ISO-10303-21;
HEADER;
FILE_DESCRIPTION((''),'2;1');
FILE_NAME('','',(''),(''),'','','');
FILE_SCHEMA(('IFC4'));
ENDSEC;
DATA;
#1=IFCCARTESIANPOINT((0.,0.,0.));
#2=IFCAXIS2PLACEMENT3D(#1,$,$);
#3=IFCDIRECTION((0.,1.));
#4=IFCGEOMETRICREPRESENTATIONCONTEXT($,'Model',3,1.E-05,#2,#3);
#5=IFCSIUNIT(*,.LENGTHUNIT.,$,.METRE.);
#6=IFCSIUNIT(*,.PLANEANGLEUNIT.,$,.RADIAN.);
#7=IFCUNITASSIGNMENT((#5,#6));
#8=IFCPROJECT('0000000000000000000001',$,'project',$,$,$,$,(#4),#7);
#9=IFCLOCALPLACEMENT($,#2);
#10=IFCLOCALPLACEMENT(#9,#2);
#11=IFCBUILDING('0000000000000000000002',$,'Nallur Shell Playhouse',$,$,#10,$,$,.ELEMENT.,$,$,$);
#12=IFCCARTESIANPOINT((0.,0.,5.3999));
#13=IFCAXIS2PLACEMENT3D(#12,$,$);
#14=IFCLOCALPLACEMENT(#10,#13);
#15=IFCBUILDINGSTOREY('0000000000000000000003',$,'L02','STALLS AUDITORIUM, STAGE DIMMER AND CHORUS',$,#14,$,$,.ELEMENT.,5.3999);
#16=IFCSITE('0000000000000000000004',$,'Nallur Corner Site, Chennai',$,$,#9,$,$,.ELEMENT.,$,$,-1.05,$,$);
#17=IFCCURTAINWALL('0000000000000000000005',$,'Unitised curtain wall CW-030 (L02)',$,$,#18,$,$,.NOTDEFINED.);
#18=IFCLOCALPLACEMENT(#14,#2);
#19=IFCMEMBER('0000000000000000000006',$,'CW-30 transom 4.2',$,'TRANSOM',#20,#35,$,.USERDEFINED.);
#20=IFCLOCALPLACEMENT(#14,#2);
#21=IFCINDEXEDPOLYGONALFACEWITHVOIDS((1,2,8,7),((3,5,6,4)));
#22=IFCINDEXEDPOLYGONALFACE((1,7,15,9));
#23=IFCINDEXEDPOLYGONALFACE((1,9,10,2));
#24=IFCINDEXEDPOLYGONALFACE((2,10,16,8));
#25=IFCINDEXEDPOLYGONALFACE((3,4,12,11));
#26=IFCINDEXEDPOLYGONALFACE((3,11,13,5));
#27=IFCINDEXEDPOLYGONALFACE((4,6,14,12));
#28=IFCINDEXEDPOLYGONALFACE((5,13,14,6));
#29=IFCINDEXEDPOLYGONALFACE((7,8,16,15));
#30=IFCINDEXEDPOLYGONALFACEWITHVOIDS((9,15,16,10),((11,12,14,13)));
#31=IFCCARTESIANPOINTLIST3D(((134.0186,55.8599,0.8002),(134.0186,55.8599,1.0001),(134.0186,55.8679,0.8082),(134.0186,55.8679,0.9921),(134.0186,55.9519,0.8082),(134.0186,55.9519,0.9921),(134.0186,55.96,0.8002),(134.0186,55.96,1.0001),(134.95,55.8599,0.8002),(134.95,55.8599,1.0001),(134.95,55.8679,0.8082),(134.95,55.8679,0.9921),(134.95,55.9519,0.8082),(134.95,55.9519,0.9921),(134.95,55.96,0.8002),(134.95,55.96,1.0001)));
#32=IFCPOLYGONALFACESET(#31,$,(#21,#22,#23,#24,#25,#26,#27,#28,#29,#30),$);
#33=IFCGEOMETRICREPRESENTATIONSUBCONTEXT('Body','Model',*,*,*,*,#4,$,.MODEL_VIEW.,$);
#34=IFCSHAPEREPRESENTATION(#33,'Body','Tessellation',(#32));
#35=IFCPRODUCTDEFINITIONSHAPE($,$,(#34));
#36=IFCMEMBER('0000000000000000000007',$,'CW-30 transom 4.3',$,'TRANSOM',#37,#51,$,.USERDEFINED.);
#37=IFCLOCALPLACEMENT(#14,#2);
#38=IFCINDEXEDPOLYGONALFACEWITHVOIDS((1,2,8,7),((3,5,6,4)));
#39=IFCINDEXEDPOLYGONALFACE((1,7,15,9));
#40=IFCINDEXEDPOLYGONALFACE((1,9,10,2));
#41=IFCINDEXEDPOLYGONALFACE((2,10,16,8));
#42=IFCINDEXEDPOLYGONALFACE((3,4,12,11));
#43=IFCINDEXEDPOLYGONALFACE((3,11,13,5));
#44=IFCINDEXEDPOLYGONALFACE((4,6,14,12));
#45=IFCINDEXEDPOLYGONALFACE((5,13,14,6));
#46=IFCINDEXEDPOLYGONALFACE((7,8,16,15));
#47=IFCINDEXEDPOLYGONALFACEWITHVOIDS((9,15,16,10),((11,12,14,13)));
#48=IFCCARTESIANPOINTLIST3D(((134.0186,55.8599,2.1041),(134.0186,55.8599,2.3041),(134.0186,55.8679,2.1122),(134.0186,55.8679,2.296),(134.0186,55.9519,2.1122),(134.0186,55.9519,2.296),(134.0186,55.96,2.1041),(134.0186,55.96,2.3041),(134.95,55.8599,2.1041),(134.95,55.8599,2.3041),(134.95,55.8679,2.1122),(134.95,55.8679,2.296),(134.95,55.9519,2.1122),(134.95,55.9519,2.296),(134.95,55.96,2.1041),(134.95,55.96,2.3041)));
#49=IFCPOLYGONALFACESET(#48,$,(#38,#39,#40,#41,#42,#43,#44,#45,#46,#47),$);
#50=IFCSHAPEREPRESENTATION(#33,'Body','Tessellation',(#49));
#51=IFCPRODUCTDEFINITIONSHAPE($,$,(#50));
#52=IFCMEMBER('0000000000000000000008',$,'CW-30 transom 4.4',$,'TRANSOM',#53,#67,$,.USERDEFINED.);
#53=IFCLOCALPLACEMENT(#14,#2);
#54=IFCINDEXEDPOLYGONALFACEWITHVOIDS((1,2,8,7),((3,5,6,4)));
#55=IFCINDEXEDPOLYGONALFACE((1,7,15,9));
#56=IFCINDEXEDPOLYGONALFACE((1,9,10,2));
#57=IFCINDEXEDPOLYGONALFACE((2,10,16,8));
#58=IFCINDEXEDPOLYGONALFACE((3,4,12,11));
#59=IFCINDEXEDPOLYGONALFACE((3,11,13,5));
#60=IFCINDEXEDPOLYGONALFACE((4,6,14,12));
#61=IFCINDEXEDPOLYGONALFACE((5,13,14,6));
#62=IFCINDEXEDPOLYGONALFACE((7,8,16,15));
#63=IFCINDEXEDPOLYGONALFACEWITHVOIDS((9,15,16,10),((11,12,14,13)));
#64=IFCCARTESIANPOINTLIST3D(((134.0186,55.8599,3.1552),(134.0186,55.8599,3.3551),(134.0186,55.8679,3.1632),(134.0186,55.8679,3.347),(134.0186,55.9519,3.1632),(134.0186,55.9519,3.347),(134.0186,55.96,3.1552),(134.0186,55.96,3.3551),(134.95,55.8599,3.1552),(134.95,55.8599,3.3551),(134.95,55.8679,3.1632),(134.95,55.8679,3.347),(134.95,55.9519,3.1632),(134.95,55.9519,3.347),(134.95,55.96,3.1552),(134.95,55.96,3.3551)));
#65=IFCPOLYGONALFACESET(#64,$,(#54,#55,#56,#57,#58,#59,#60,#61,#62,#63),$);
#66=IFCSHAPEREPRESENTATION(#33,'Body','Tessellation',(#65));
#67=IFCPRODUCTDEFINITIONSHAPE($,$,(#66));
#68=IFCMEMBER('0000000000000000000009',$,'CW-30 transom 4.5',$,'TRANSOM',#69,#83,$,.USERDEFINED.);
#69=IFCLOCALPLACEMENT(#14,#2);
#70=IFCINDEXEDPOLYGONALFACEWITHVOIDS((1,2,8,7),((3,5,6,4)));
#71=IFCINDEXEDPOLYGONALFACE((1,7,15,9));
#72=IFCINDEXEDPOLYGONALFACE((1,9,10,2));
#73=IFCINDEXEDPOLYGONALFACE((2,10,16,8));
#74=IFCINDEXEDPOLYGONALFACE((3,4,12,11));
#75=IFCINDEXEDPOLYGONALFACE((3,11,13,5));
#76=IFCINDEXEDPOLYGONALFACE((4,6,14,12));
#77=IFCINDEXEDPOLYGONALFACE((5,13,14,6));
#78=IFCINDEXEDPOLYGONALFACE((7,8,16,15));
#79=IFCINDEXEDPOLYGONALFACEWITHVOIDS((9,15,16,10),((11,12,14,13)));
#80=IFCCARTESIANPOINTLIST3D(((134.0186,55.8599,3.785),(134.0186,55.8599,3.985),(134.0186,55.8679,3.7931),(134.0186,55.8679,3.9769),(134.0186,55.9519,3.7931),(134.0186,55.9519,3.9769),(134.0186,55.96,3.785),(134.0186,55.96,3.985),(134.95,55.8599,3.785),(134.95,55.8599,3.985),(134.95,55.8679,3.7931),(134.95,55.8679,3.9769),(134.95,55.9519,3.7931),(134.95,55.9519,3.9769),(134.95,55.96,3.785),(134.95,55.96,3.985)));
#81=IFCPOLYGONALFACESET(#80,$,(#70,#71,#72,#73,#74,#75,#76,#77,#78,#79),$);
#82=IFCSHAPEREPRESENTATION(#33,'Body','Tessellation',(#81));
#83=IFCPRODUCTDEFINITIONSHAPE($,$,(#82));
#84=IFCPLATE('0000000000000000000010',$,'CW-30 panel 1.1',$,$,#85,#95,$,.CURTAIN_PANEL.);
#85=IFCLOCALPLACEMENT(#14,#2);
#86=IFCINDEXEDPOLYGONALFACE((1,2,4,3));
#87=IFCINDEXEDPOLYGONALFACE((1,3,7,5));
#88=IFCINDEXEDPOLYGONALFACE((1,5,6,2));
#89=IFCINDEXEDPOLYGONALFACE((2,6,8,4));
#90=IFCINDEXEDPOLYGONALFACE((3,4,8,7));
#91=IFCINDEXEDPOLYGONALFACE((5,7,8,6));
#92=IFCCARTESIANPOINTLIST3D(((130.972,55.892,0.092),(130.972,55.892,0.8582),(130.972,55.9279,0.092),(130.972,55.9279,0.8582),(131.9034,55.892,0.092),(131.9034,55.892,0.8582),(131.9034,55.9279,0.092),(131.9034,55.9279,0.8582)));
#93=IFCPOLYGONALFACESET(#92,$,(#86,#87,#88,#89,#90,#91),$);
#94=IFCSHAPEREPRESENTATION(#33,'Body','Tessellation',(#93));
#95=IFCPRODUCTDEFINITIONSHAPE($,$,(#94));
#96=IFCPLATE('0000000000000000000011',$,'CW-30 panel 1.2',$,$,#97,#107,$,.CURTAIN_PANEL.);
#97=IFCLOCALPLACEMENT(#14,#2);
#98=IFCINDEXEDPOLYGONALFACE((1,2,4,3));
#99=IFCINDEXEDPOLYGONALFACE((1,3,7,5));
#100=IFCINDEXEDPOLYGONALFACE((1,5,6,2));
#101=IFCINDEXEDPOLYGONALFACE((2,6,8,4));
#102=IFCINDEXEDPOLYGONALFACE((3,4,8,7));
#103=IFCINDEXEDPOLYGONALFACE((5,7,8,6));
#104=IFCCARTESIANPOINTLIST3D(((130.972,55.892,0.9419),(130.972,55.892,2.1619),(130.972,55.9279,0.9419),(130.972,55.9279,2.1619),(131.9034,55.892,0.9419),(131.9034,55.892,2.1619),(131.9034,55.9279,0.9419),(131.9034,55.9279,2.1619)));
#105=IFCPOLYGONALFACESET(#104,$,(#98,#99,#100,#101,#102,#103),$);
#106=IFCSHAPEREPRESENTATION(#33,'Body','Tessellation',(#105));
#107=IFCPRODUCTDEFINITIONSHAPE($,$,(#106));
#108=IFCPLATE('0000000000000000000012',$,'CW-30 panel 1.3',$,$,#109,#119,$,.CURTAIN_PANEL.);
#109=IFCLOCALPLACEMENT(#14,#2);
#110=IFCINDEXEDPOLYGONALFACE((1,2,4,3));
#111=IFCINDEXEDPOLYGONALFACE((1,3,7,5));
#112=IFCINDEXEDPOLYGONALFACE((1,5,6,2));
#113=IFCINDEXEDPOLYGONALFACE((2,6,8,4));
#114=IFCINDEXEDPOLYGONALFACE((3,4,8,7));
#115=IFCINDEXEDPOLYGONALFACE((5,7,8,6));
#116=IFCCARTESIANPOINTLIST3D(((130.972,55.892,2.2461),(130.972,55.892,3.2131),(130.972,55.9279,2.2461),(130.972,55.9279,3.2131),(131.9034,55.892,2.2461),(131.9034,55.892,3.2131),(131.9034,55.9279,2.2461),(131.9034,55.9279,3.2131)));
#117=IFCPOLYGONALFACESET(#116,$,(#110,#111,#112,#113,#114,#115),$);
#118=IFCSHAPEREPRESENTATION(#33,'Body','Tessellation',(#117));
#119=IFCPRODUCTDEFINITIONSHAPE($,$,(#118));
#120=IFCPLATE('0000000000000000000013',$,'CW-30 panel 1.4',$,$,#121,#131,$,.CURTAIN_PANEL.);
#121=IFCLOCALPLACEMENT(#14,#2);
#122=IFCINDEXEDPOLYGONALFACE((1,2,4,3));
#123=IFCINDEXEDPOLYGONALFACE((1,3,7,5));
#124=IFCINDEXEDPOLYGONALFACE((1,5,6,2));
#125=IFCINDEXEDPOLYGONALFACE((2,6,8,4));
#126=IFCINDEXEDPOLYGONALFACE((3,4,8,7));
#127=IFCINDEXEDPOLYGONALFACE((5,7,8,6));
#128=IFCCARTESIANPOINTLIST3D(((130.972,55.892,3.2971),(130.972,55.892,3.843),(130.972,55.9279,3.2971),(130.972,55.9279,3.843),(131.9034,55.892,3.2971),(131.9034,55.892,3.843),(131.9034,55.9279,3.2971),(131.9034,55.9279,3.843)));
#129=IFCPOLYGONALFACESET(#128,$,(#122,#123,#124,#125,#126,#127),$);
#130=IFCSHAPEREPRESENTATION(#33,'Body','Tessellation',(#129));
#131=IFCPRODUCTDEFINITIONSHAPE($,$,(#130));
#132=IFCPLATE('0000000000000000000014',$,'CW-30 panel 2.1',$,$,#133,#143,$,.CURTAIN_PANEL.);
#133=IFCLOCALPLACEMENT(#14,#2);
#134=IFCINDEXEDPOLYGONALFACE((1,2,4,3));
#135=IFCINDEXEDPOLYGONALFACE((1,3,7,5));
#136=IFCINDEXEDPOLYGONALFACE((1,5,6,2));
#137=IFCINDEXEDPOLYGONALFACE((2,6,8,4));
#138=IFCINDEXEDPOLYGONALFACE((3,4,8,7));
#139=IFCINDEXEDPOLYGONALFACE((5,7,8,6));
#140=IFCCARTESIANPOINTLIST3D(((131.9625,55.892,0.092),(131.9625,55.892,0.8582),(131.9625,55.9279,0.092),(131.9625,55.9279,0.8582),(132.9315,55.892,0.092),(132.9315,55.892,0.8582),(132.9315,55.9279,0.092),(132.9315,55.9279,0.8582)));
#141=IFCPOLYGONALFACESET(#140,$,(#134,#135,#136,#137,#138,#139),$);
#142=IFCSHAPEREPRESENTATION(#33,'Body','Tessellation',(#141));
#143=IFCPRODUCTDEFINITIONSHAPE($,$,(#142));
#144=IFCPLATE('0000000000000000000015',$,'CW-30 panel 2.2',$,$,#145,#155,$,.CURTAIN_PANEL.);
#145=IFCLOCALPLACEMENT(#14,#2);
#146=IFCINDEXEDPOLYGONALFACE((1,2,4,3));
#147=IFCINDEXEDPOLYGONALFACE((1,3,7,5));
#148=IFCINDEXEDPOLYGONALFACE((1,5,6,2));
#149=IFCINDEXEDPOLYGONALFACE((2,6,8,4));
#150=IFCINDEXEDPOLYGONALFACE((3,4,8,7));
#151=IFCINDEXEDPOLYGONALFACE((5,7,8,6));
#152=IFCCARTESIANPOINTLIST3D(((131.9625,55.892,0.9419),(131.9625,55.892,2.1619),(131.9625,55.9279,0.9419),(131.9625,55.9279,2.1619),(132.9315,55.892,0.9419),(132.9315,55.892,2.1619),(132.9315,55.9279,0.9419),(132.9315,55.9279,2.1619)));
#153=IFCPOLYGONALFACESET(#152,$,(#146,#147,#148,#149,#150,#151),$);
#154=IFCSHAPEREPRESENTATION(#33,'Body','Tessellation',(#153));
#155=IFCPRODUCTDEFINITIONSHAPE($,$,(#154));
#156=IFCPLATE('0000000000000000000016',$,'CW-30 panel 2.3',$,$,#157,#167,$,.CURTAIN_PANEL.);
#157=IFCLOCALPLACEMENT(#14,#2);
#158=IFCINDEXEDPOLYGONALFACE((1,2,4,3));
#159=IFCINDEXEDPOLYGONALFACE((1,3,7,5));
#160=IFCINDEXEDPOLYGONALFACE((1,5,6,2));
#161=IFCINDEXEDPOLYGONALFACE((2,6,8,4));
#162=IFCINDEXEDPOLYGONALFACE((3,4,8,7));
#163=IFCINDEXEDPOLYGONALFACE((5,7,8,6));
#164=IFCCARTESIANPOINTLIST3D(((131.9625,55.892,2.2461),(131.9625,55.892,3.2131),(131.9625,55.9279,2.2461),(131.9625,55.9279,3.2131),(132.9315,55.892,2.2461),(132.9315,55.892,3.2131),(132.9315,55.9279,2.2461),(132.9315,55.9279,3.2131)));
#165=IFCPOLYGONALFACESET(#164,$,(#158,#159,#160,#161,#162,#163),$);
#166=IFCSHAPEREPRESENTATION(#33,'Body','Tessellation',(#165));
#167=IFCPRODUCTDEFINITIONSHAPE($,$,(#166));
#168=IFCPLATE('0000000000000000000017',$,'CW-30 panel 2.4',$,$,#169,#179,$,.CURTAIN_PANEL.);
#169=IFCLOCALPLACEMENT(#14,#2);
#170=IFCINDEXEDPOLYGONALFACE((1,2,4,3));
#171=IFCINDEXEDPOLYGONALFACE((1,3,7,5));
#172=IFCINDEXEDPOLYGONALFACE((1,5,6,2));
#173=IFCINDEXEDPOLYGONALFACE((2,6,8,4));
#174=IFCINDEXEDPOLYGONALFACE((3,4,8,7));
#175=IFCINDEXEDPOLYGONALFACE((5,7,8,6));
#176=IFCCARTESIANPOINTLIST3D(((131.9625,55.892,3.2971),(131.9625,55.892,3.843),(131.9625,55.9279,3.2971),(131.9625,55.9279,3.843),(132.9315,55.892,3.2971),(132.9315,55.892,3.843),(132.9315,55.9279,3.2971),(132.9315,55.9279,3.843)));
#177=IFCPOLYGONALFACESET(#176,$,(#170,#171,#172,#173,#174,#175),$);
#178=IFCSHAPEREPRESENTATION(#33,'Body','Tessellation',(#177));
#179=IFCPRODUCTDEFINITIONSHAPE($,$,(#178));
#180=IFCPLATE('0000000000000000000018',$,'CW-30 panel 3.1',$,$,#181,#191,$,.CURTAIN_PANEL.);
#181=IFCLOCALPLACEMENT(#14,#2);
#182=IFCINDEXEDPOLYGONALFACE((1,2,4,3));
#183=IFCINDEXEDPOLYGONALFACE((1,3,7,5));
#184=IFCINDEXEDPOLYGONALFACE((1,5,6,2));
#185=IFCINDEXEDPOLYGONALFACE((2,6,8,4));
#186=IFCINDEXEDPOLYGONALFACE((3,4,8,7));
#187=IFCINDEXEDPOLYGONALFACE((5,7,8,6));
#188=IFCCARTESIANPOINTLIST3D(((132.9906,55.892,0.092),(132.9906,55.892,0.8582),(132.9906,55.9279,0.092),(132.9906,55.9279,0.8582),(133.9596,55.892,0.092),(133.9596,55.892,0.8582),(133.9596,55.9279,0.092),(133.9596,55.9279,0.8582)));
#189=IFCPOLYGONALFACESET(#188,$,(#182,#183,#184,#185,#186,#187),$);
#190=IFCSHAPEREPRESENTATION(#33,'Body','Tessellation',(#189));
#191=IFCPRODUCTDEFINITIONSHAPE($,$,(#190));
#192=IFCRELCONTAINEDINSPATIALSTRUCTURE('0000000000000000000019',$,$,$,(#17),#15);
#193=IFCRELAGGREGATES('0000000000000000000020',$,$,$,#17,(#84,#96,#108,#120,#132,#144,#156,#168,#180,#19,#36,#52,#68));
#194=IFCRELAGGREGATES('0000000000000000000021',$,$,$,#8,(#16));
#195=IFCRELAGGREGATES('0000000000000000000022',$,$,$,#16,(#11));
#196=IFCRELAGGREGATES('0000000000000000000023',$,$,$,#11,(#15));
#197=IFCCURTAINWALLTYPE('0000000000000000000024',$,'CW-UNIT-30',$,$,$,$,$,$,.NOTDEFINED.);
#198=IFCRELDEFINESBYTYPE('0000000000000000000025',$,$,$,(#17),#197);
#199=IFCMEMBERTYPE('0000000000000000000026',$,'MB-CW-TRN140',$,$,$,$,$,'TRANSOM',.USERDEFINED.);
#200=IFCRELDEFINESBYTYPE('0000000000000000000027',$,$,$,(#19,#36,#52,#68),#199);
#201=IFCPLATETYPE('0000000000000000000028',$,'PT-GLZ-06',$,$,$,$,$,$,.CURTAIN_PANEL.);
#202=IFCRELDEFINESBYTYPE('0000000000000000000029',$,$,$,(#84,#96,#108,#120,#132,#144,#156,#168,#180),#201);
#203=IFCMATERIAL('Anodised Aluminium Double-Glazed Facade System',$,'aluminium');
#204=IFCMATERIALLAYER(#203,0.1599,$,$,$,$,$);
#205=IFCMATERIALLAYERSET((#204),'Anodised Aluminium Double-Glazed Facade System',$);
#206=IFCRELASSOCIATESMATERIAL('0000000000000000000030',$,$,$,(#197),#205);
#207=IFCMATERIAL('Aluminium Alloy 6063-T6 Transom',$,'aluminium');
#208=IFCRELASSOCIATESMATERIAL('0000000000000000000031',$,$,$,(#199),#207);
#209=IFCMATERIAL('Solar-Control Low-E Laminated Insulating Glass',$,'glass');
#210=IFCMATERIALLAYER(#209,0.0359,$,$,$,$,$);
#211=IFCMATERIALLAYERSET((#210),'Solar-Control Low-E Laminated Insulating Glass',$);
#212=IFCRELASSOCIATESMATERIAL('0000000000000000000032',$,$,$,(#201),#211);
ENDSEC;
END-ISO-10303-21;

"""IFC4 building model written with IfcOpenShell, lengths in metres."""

from ifc_helpers import new_model, si_unit, direction, frame, origin, origin_2d, place, context, subcontext, project, spatial, rectangle, hollow_rectangle, extrude, material, layer, layer_set, material_profile, profile_set, type_object, element, aggregate, save


model = new_model("IFC4")

# Units and contexts
model_context = context("Model", 3, precision=1e-05, world=origin(), true_north=direction((0.0, 1.0)))
body_context = subcontext(model_context, "Body", "Model", "MODEL_VIEW")
ifc_project = project(units=[si_unit("LENGTHUNIT", "METRE"), si_unit("PLANEANGLEUNIT", "RADIAN")], contexts=[model_context])

# Site, building, storey
site_placement = place(None, origin())
site = spatial("IfcSite", under=ifc_project, at=site_placement, Name="Nallur Corner Site, Chennai", CompositionType="ELEMENT", RefElevation=-1.05)
building_placement = place(site_placement, origin())
building = spatial("IfcBuilding", under=site, at=building_placement, Name="Nallur Shell Playhouse", CompositionType="ELEMENT")
storey_placement = place(building_placement, frame((0.0, 0.0, 5.3999)))
storey = spatial("IfcBuildingStorey", under=building, at=storey_placement, Name="L02", Description="STALLS AUDITORIUM, STAGE DIMMER AND CHORUS", CompositionType="ELEMENT", Elevation=5.3999)

# Shared definitions
ifc_material_1 = material(Name="Anodised Aluminium Double-Glazed Facade System", Category="aluminium")

# Curtain wall, members, plates
ifc_layer_1 = layer(ifc_material_1, 0.1599)
ifc_layer_set_1 = layer_set([ifc_layer_1], Name="Anodised Aluminium Double-Glazed Facade System")
curtain_wall_type_1 = type_object("IfcCurtainWallType", Name="CW-UNIT-30", PredefinedType="NOTDEFINED", material=ifc_layer_set_1)
curtain_wall_1_placement = place(storey_placement, origin())
curtain_wall_1 = element("IfcCurtainWall", 1, at=curtain_wall_1_placement, inside=storey, type_object=curtain_wall_type_1, Name="Unitised curtain wall CW-030 (L02)", PredefinedType="NOTDEFINED")
ifc_material_2 = material(Name="Aluminium Alloy 6063-T6 Transom", Category="aluminium")
ifc_material_profile_1 = material_profile(ifc_material_2, hollow_rectangle(XDim=0.1001, YDim=0.2, WallThickness=0.0081, at=origin_2d()), Name="RHS 200x100x8")
ifc_profile_set_1 = profile_set([ifc_material_profile_1], Name="Aluminium Alloy 6063-T6 Transom")
member_type_1 = type_object("IfcMemberType", Name="MB-CW-TRN140", ElementType="TRANSOM", PredefinedType="USERDEFINED", material=ifc_profile_set_1)
member_1_placement = place(storey_placement, frame((134.0186, 55.9099, 0.9001), z_axis=(1.0, 0.0, 0.0), x_axis=(0.0, 1.0, 0.0)))
member_1 = element("IfcMember", 2, at=member_1_placement, type_object=member_type_1, Name="CW-30 transom 4.2", ObjectType="TRANSOM", PredefinedType="USERDEFINED", context=body_context, shape_type="SweptSolid", body=[
    extrude(hollow_rectangle(XDim=0.1001, YDim=0.2, WallThickness=0.0081, at=origin_2d()), origin(), (0.0, 0.0, 1.0), 0.9314),
])
member_2_placement = place(storey_placement, frame((134.0186, 55.9099, 2.2041), z_axis=(1.0, 0.0, 0.0), x_axis=(0.0, 1.0, 0.0)))
member_2 = element("IfcMember", 3, at=member_2_placement, type_object=member_type_1, Name="CW-30 transom 4.3", ObjectType="TRANSOM", PredefinedType="USERDEFINED", context=body_context, shape_type="SweptSolid", body=[
    extrude(hollow_rectangle(XDim=0.1001, YDim=0.2, WallThickness=0.0081, at=origin_2d()), origin(), (0.0, 0.0, 1.0), 0.9314),
])
member_3_placement = place(storey_placement, frame((134.0186, 55.9099, 3.2551), z_axis=(1.0, 0.0, 0.0), x_axis=(0.0, 1.0, 0.0)))
member_3 = element("IfcMember", 4, at=member_3_placement, type_object=member_type_1, Name="CW-30 transom 4.4", ObjectType="TRANSOM", PredefinedType="USERDEFINED", context=body_context, shape_type="SweptSolid", body=[
    extrude(hollow_rectangle(XDim=0.1001, YDim=0.2, WallThickness=0.0081, at=origin_2d()), origin(), (0.0, 0.0, 1.0), 0.9314),
])
member_4_placement = place(storey_placement, frame((134.0186, 55.9099, 3.885), z_axis=(1.0, 0.0, 0.0), x_axis=(0.0, 1.0, 0.0)))
member_4 = element("IfcMember", 5, at=member_4_placement, type_object=member_type_1, Name="CW-30 transom 4.5", ObjectType="TRANSOM", PredefinedType="USERDEFINED", context=body_context, shape_type="SweptSolid", body=[
    extrude(hollow_rectangle(XDim=0.1001, YDim=0.2, WallThickness=0.0081, at=origin_2d()), origin(), (0.0, 0.0, 1.0), 0.9314),
])
ifc_material_3 = material(Name="Solar-Control Low-E Laminated Insulating Glass", Category="glass")
ifc_layer_2 = layer(ifc_material_3, 0.0359)
ifc_layer_set_2 = layer_set([ifc_layer_2], Name="Solar-Control Low-E Laminated Insulating Glass")
plate_type = type_object("IfcPlateType", Name="PT-GLZ-06", PredefinedType="CURTAIN_PANEL", material=ifc_layer_set_2)
plate_1_placement = place(storey_placement, frame((131.4377, 55.9099, 0.092), z_axis=(0.0, 0.0, 1.0), x_axis=(1.0, 0.0, 0.0)))
plate_1 = element("IfcPlate", 6, at=plate_1_placement, type_object=plate_type, Name="CW-30 panel 1.1", PredefinedType="CURTAIN_PANEL", context=body_context, shape_type="SweptSolid", body=[
    extrude(rectangle(XDim=0.9314, YDim=0.0359, at=origin_2d()), origin(), (0.0, 0.0, 1.0), 0.7661),
])
plate_2_placement = place(storey_placement, frame((131.4377, 55.9099, 0.9419), z_axis=(0.0, 0.0, 1.0), x_axis=(1.0, 0.0, 0.0)))
plate_2 = element("IfcPlate", 7, at=plate_2_placement, type_object=plate_type, Name="CW-30 panel 1.2", PredefinedType="CURTAIN_PANEL", context=body_context, shape_type="SweptSolid", body=[
    extrude(rectangle(XDim=0.9314, YDim=0.0359, at=origin_2d()), origin(), (0.0, 0.0, 1.0), 1.22),
])
plate_3_placement = place(storey_placement, frame((131.4377, 55.9099, 2.2461), z_axis=(0.0, 0.0, 1.0), x_axis=(1.0, 0.0, 0.0)))
plate_3 = element("IfcPlate", 8, at=plate_3_placement, type_object=plate_type, Name="CW-30 panel 1.3", PredefinedType="CURTAIN_PANEL", context=body_context, shape_type="SweptSolid", body=[
    extrude(rectangle(XDim=0.9314, YDim=0.0359, at=origin_2d()), origin(), (0.0, 0.0, 1.0), 0.967),
])
plate_4_placement = place(storey_placement, frame((131.4377, 55.9099, 3.2971), z_axis=(0.0, 0.0, 1.0), x_axis=(1.0, 0.0, 0.0)))
plate_4 = element("IfcPlate", 9, at=plate_4_placement, type_object=plate_type, Name="CW-30 panel 1.4", PredefinedType="CURTAIN_PANEL", context=body_context, shape_type="SweptSolid", body=[
    extrude(rectangle(XDim=0.9314, YDim=0.0359, at=origin_2d()), origin(), (0.0, 0.0, 1.0), 0.5459),
])
plate_5_placement = place(storey_placement, frame((132.447, 55.9099, 0.092), z_axis=(0.0, 0.0, 1.0), x_axis=(1.0, 0.0, 0.0)))
plate_5 = element("IfcPlate", 10, at=plate_5_placement, type_object=plate_type, Name="CW-30 panel 2.1", PredefinedType="CURTAIN_PANEL", context=body_context, shape_type="SweptSolid", body=[
    extrude(rectangle(XDim=0.969, YDim=0.0359, at=origin_2d()), origin(), (0.0, 0.0, 1.0), 0.7661),
])
plate_6_placement = place(storey_placement, frame((132.447, 55.9099, 0.9419), z_axis=(0.0, 0.0, 1.0), x_axis=(1.0, 0.0, 0.0)))
plate_6 = element("IfcPlate", 11, at=plate_6_placement, type_object=plate_type, Name="CW-30 panel 2.2", PredefinedType="CURTAIN_PANEL", context=body_context, shape_type="SweptSolid", body=[
    extrude(rectangle(XDim=0.969, YDim=0.0359, at=origin_2d()), origin(), (0.0, 0.0, 1.0), 1.22),
])
plate_7_placement = place(storey_placement, frame((132.447, 55.9099, 2.2461), z_axis=(0.0, 0.0, 1.0), x_axis=(1.0, 0.0, 0.0)))
plate_7 = element("IfcPlate", 12, at=plate_7_placement, type_object=plate_type, Name="CW-30 panel 2.3", PredefinedType="CURTAIN_PANEL", context=body_context, shape_type="SweptSolid", body=[
    extrude(rectangle(XDim=0.969, YDim=0.0359, at=origin_2d()), origin(), (0.0, 0.0, 1.0), 0.967),
])
plate_8_placement = place(storey_placement, frame((132.447, 55.9099, 3.2971), z_axis=(0.0, 0.0, 1.0), x_axis=(1.0, 0.0, 0.0)))
plate_8 = element("IfcPlate", 13, at=plate_8_placement, type_object=plate_type, Name="CW-30 panel 2.4", PredefinedType="CURTAIN_PANEL", context=body_context, shape_type="SweptSolid", body=[
    extrude(rectangle(XDim=0.969, YDim=0.0359, at=origin_2d()), origin(), (0.0, 0.0, 1.0), 0.5459),
])
plate_9_placement = place(storey_placement, frame((133.4751, 55.9099, 0.092), z_axis=(0.0, 0.0, 1.0), x_axis=(1.0, 0.0, 0.0)))
plate_9 = element("IfcPlate", 14, at=plate_9_placement, type_object=plate_type, Name="CW-30 panel 3.1", PredefinedType="CURTAIN_PANEL", context=body_context, shape_type="SweptSolid", body=[
    extrude(rectangle(XDim=0.969, YDim=0.0359, at=origin_2d()), origin(), (0.0, 0.0, 1.0), 0.7661),
])
aggregate(curtain_wall_1, [plate_1, plate_2, plate_3, plate_4, plate_5, plate_6, plate_7, plate_8, plate_9, member_1, member_2, member_3, member_4])

save(model, "model.ifc")
